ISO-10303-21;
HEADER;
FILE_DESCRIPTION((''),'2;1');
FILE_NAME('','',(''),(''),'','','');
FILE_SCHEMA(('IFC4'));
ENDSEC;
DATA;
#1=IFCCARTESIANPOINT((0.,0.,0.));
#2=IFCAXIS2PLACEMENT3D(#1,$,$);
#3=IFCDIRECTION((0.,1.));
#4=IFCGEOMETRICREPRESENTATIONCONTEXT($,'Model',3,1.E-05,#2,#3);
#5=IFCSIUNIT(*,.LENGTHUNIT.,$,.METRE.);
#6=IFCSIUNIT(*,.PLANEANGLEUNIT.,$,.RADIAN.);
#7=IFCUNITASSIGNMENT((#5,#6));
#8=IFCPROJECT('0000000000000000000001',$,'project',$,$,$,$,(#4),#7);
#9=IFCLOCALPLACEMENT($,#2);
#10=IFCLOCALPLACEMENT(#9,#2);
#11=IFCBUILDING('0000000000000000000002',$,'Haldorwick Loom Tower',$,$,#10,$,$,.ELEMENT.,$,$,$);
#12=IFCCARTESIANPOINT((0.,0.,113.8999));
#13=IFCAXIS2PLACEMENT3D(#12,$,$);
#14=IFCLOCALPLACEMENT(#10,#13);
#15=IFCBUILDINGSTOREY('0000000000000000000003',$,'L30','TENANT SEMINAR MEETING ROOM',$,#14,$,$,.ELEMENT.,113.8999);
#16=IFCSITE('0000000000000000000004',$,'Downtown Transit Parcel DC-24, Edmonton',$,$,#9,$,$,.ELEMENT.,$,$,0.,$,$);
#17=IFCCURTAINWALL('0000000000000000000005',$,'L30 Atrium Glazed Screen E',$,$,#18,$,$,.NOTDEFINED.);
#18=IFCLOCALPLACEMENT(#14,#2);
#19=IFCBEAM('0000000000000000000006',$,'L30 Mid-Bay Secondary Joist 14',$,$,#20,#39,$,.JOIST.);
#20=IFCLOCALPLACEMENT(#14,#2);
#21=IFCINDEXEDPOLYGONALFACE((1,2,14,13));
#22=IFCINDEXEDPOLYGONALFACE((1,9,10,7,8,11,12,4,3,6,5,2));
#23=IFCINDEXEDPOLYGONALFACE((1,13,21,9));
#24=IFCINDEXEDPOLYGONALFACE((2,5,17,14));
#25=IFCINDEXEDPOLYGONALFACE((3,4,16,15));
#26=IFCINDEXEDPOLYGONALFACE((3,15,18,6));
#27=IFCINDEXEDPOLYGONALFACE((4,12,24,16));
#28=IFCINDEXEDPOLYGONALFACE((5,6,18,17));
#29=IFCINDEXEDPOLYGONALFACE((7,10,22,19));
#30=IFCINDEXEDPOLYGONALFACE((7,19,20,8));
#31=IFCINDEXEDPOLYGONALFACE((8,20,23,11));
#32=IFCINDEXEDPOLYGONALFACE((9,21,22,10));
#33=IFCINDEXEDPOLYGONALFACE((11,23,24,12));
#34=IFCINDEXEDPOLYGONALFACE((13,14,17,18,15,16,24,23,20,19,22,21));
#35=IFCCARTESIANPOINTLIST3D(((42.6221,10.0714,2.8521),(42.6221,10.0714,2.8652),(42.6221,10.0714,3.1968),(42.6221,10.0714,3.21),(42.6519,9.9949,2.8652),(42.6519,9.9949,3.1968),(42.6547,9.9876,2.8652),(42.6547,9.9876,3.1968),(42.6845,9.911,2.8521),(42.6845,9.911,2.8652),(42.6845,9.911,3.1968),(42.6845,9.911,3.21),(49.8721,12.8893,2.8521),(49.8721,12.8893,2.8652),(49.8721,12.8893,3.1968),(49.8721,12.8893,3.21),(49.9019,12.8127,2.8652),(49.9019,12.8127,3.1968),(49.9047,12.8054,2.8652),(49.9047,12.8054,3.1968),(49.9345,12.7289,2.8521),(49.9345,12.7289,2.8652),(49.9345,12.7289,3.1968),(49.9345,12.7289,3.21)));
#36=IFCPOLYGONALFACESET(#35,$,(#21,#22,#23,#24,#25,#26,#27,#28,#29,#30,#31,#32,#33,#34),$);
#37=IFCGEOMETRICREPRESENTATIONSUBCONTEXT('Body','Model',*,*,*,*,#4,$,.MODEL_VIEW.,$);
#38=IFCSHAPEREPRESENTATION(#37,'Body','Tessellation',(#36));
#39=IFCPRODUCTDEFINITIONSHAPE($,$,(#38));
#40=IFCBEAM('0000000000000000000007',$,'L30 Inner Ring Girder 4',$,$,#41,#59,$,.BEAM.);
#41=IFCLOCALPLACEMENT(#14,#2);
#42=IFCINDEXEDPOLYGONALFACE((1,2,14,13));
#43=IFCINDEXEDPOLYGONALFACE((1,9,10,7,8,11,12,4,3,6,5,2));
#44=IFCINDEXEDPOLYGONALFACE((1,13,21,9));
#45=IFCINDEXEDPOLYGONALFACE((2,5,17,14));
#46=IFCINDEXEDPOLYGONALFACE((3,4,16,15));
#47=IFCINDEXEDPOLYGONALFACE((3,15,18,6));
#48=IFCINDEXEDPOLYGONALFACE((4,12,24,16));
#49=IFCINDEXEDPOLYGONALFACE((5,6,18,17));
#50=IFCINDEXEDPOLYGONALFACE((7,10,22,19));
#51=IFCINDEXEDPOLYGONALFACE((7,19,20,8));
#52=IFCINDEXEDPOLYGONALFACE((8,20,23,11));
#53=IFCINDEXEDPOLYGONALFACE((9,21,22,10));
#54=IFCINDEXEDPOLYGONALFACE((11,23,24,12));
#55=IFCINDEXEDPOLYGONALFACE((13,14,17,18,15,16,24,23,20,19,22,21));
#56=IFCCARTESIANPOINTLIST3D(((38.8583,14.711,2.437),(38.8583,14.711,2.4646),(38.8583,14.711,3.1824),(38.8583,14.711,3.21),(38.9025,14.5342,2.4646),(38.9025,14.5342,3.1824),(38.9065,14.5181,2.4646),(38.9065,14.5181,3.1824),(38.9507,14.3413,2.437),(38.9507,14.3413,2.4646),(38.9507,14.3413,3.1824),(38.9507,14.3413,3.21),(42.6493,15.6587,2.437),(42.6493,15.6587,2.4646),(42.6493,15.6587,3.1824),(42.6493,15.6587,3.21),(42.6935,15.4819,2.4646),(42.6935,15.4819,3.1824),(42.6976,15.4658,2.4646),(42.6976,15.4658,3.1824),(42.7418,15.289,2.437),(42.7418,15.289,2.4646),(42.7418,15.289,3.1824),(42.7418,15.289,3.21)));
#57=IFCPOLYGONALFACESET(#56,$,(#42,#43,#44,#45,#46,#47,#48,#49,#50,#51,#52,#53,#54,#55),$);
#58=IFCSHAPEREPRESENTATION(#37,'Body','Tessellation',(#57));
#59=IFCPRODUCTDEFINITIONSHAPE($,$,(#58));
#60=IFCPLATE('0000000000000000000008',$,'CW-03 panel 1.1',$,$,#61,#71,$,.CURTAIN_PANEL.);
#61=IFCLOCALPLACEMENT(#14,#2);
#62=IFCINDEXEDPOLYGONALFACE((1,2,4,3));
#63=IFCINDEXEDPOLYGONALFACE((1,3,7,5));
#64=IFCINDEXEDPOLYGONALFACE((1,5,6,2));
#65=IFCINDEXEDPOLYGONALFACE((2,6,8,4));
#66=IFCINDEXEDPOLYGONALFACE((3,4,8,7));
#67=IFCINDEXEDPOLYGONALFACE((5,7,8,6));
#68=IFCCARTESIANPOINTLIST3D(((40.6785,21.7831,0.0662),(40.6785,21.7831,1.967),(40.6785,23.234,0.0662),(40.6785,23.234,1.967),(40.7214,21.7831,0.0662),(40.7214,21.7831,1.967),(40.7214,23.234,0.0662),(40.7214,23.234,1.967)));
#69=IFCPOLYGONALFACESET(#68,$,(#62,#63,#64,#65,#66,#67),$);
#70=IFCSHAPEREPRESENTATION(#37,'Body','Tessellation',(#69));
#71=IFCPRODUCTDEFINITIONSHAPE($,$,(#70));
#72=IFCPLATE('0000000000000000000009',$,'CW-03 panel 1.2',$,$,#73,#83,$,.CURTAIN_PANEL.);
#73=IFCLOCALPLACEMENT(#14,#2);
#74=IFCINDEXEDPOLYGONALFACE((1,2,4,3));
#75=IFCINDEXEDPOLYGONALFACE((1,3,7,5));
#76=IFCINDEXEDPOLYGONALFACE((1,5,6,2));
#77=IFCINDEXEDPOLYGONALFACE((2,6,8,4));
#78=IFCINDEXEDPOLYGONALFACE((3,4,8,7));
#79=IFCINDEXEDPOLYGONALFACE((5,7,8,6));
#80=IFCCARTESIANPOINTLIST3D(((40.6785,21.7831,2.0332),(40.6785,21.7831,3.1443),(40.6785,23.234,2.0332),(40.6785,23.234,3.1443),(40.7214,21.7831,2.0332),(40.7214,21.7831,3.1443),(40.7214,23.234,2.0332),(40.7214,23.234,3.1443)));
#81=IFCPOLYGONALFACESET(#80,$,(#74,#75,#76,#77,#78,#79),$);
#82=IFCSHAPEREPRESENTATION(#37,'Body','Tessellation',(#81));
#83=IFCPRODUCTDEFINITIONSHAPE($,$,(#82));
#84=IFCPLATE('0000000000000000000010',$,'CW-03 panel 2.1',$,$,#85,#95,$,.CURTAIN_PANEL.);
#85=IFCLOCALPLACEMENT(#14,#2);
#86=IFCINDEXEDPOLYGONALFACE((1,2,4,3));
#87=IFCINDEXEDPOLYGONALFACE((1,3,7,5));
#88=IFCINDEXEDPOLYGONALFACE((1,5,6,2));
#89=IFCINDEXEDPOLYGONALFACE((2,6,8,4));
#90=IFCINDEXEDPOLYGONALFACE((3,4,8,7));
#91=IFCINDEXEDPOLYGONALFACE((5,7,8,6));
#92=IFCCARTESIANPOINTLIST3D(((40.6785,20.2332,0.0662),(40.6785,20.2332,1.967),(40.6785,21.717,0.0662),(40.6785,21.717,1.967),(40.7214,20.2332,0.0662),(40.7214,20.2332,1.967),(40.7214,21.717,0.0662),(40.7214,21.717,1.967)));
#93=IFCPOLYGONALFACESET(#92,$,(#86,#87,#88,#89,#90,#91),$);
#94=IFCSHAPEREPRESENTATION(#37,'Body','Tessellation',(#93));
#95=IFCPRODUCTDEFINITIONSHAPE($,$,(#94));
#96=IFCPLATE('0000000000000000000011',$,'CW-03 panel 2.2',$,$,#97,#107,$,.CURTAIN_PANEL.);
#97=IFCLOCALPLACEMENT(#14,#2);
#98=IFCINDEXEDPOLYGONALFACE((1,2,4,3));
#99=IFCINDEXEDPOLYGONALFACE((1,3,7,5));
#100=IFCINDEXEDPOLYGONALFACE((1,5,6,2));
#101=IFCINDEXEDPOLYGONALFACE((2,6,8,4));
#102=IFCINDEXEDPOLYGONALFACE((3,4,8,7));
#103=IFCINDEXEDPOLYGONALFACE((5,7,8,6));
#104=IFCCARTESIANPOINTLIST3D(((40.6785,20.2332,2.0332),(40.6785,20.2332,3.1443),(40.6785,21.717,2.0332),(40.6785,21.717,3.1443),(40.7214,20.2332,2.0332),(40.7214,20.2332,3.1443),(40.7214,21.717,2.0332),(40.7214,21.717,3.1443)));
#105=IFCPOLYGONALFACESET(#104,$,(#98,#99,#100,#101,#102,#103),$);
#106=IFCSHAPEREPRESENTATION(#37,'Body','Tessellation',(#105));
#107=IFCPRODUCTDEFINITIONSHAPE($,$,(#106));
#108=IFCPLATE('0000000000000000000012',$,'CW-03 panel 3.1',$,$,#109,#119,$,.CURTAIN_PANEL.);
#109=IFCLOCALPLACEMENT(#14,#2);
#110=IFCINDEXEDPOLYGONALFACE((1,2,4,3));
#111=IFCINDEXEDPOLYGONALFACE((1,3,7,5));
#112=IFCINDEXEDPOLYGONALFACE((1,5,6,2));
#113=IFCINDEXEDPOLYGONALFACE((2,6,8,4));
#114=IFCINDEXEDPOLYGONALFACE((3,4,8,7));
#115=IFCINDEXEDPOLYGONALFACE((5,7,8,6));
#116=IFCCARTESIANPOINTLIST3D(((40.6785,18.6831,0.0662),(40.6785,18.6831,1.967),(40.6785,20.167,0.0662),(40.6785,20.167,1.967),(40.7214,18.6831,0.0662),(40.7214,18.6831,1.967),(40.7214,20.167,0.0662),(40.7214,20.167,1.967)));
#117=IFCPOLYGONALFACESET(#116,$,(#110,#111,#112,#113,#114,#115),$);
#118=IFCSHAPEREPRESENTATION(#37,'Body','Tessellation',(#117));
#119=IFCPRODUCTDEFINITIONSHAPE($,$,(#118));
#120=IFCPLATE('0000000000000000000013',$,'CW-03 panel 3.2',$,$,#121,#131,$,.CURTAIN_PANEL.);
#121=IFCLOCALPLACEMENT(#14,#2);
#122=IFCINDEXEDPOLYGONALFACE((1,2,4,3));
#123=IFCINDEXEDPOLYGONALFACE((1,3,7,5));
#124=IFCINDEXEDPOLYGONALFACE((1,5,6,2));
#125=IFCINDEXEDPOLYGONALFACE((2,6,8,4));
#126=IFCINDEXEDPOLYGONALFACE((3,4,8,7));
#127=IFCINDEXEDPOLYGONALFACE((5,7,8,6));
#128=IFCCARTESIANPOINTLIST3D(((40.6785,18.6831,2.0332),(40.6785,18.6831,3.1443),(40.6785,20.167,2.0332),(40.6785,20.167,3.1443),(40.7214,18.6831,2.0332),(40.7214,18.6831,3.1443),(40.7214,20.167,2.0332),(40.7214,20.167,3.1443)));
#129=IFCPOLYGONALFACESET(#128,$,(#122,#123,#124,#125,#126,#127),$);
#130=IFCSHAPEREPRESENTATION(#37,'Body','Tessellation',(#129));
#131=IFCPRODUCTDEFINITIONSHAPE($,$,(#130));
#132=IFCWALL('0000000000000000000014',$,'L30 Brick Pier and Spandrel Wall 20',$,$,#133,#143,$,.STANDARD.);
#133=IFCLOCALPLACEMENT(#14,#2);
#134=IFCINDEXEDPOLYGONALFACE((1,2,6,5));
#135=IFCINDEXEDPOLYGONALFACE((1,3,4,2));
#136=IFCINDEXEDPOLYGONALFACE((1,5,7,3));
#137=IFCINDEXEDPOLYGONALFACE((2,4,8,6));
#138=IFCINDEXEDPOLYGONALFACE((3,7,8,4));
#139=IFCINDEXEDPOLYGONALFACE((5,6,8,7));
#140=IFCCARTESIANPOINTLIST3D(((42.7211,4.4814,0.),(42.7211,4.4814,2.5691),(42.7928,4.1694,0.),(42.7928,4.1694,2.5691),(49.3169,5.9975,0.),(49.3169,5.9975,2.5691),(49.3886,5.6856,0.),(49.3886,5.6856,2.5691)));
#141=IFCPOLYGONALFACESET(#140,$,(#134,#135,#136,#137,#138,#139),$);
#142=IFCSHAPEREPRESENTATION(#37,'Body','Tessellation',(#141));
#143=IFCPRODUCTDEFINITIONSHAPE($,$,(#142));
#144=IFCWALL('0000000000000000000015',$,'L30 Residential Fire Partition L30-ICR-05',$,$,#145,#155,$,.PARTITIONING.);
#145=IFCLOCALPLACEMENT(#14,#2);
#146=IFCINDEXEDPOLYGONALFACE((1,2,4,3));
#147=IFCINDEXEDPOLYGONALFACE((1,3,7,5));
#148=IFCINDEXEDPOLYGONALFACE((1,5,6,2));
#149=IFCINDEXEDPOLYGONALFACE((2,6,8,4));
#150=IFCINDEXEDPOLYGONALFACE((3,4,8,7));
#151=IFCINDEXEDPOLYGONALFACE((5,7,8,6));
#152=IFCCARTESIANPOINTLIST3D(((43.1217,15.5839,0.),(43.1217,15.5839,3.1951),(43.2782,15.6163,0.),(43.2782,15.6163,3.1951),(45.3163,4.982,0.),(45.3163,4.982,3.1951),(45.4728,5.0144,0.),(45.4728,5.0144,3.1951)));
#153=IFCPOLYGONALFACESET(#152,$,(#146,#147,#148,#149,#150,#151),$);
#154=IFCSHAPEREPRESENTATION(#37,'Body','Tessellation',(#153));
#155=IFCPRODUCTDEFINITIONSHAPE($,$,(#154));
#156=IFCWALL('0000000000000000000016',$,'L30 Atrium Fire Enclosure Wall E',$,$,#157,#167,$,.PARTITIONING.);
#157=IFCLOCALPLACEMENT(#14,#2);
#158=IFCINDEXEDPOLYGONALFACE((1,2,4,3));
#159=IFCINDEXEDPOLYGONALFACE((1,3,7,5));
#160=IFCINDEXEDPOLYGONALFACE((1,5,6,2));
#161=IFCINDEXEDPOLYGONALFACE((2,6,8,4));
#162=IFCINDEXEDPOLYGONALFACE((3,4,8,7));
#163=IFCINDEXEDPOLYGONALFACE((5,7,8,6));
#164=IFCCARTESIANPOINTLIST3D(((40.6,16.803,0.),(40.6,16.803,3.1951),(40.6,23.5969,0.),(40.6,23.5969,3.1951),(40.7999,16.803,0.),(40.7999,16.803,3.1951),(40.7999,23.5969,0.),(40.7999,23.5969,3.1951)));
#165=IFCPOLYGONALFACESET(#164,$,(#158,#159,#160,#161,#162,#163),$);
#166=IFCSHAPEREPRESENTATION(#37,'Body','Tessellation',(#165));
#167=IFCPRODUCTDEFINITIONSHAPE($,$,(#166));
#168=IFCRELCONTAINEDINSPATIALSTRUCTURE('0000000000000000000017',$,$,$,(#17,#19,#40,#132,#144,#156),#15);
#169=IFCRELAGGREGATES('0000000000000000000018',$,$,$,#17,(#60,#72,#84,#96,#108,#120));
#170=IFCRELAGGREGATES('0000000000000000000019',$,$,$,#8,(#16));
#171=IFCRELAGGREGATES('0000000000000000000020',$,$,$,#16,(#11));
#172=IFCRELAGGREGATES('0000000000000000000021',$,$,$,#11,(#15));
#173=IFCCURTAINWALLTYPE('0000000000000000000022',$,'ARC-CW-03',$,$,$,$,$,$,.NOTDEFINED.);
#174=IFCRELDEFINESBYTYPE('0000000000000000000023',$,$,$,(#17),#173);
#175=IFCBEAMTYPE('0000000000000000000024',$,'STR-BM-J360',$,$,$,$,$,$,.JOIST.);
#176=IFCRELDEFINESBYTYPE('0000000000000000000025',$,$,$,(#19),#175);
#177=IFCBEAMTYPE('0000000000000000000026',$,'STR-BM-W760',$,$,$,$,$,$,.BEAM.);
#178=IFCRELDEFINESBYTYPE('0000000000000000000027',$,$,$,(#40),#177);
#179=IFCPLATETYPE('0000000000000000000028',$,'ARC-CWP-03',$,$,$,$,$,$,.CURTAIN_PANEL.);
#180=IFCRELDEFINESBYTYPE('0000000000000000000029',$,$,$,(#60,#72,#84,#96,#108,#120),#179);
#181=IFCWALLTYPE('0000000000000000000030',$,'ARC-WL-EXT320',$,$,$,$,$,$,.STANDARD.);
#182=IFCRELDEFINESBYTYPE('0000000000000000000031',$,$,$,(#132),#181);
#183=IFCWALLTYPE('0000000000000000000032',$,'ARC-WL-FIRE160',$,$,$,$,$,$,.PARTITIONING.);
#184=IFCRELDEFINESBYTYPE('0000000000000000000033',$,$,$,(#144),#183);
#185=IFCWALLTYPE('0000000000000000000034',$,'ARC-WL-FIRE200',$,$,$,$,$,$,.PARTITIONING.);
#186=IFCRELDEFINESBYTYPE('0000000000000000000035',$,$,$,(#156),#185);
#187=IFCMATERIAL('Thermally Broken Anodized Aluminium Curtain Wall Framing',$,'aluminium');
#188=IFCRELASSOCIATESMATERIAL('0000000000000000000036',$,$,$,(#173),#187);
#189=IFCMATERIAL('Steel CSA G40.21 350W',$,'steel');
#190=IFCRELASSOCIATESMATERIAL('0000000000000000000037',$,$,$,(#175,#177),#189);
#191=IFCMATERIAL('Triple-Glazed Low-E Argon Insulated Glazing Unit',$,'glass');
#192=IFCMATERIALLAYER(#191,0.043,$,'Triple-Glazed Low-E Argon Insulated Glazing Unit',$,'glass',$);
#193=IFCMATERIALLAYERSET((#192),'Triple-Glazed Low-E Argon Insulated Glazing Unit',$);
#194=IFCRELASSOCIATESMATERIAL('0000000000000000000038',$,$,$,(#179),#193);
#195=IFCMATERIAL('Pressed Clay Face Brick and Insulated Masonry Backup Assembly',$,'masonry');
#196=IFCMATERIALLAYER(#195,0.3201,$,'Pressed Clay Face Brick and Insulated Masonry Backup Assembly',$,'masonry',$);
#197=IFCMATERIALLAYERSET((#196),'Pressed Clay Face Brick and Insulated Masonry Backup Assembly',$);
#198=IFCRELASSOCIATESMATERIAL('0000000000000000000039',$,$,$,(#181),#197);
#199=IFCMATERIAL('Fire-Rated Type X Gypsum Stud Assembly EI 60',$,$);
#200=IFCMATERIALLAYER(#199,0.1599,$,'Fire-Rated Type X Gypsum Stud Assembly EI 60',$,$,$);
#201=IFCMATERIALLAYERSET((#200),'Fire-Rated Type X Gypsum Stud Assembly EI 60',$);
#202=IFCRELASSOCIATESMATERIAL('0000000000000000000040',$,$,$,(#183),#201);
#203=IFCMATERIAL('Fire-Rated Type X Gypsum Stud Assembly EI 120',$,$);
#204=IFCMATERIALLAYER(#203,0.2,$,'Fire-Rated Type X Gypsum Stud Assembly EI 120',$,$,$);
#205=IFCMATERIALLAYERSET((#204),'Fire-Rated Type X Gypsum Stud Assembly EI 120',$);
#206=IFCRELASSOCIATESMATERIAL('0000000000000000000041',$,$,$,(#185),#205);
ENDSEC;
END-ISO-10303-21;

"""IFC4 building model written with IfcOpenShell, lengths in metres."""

from ifc_helpers import new_model, si_unit, direction, frame, frame_2d, origin, origin_2d, place, context, subcontext, project, spatial, rectangle, i_section, extrude, material, layer, layer_set, material_profile, profile_set, type_object, element, aggregate, save


model = new_model("IFC4")

# Units and contexts
model_context = context("Model", 3, precision=1e-05, world=origin(), true_north=direction((0.0, 1.0)))
body_context = subcontext(model_context, "Body", "Model", "MODEL_VIEW")
ifc_project = project(units=[si_unit("LENGTHUNIT", "METRE"), si_unit("PLANEANGLEUNIT", "RADIAN")], contexts=[model_context])

# Site, building, storey
site_placement = place(None, origin())
site = spatial("IfcSite", under=ifc_project, at=site_placement, Name="Downtown Transit Parcel DC-24, Edmonton", CompositionType="ELEMENT", RefElevation=0.0)
building_placement = place(site_placement, origin())
building = spatial("IfcBuilding", under=site, at=building_placement, Name="Haldorwick Loom Tower", CompositionType="ELEMENT")
storey_placement = place(building_placement, frame((0.0, 0.0, 113.8999)))
storey = spatial("IfcBuildingStorey", under=building, at=storey_placement, Name="L30", Description="TENANT SEMINAR MEETING ROOM", CompositionType="ELEMENT", Elevation=113.8999)

# Curtain wall
ifc_material_1 = material(Name="Thermally Broken Anodized Aluminium Curtain Wall Framing", Category="aluminium")
curtain_wall_type = type_object("IfcCurtainWallType", Name="ARC-CW-03", PredefinedType="NOTDEFINED", material=ifc_material_1)
curtain_wall_placement = place(storey_placement, origin())
curtain_wall = element("IfcCurtainWall", 1, at=curtain_wall_placement, inside=storey, type_object=curtain_wall_type, Name="L30 Atrium Glazed Screen E", PredefinedType="NOTDEFINED")

# Beams
ifc_material_2 = material(Name="Steel CSA G40.21 350W", Category="steel")
ifc_material_profile_1 = material_profile(ifc_material_2, i_section(OverallWidth=0.1721, OverallDepth=0.3579, WebThickness=0.0078, FlangeThickness=0.0132, at=origin_2d()), Name="W360X57", Category="steel")
ifc_profile_set_1 = profile_set([ifc_material_profile_1], Name="Steel CSA G40.21 350W")
beam_type_1 = type_object("IfcBeamType", Name="STR-BM-J360", PredefinedType="JOIST", material=ifc_profile_set_1)
beam_1_placement = place(storey_placement, frame((42.6533, 9.9912, 3.031), z_axis=(0.932073, 0.362271, 0.0), x_axis=(-0.362271, 0.932073, 0.0)))
element("IfcBeam", 2, at=beam_1_placement, inside=storey, type_object=beam_type_1, Name="L30 Mid-Bay Secondary Joist 14", PredefinedType="JOIST", context=body_context, shape_type="SweptSolid", body=[
    extrude(i_section(OverallWidth=0.1721, OverallDepth=0.3579, WebThickness=0.0078, FlangeThickness=0.0132, at=origin_2d()), origin(), (0.0, 0.0, 1.0), 7.7783),
])
ifc_material_profile_2 = material_profile(ifc_material_2, i_section(OverallWidth=0.3811, OverallDepth=0.7729, WebThickness=0.0166, FlangeThickness=0.0276, at=origin_2d()), Name="W760X257", Category="steel")
ifc_profile_set_2 = profile_set([ifc_material_profile_2], Name="Steel CSA G40.21 350W")
beam_type_2 = type_object("IfcBeamType", Name="STR-BM-W760", PredefinedType="BEAM", material=ifc_profile_set_2)
beam_2_placement = place(storey_placement, frame((42.6956, 15.4739, 2.8235), z_axis=(-0.970143, -0.242536, 0.0), x_axis=(0.242536, -0.970143, 0.0)))
element("IfcBeam", 3, at=beam_2_placement, inside=storey, type_object=beam_type_2, Name="L30 Inner Ring Girder 4", PredefinedType="BEAM", context=body_context, shape_type="SweptSolid", body=[
    extrude(i_section(OverallWidth=0.3811, OverallDepth=0.7729, WebThickness=0.0166, FlangeThickness=0.0276, at=origin_2d()), origin(), (0.0, 0.0, 1.0), 3.9077),
])

# Plates
ifc_material_3 = material(Name="Triple-Glazed Low-E Argon Insulated Glazing Unit", Category="glass")
ifc_layer_1 = layer(ifc_material_3, 0.043, Name="Triple-Glazed Low-E Argon Insulated Glazing Unit", Category="glass")
ifc_layer_set_1 = layer_set([ifc_layer_1], Name="Triple-Glazed Low-E Argon Insulated Glazing Unit")
plate_type = type_object("IfcPlateType", Name="ARC-CWP-03", PredefinedType="CURTAIN_PANEL", material=ifc_layer_set_1)
plate_1_placement = place(storey_placement, frame((40.7, 22.5085, 0.0662), z_axis=(0.0, 0.0, 1.0), x_axis=(0.0, -1.0, 0.0)))
plate_1 = element("IfcPlate", 4, at=plate_1_placement, type_object=plate_type, Name="CW-03 panel 1.1", PredefinedType="CURTAIN_PANEL", context=body_context, shape_type="SweptSolid", body=[
    extrude(rectangle(XDim=1.4509, YDim=0.043, at=origin_2d()), origin(), (0.0, 0.0, 1.0), 1.9009),
])
plate_2_placement = place(storey_placement, frame((40.7, 22.5085, 2.0332), z_axis=(0.0, 0.0, 1.0), x_axis=(0.0, -1.0, 0.0)))
plate_2 = element("IfcPlate", 5, at=plate_2_placement, type_object=plate_type, Name="CW-03 panel 1.2", PredefinedType="CURTAIN_PANEL", context=body_context, shape_type="SweptSolid", body=[
    extrude(rectangle(XDim=1.4509, YDim=0.043, at=origin_2d()), origin(), (0.0, 0.0, 1.0), 1.1111),
])
plate_3_placement = place(storey_placement, frame((40.7, 20.9751, 0.0662), z_axis=(0.0, 0.0, 1.0), x_axis=(0.0, -1.0, 0.0)))
plate_3 = element("IfcPlate", 6, at=plate_3_placement, type_object=plate_type, Name="CW-03 panel 2.1", PredefinedType="CURTAIN_PANEL", context=body_context, shape_type="SweptSolid", body=[
    extrude(rectangle(XDim=1.4839, YDim=0.043, at=origin_2d()), origin(), (0.0, 0.0, 1.0), 1.9009),
])
plate_4_placement = place(storey_placement, frame((40.7, 20.9751, 2.0332), z_axis=(0.0, 0.0, 1.0), x_axis=(0.0, -1.0, 0.0)))
plate_4 = element("IfcPlate", 7, at=plate_4_placement, type_object=plate_type, Name="CW-03 panel 2.2", PredefinedType="CURTAIN_PANEL", context=body_context, shape_type="SweptSolid", body=[
    extrude(rectangle(XDim=1.4839, YDim=0.043, at=origin_2d()), origin(), (0.0, 0.0, 1.0), 1.1111),
])
plate_5_placement = place(storey_placement, frame((40.7, 19.425, 0.0662), z_axis=(0.0, 0.0, 1.0), x_axis=(0.0, -1.0, 0.0)))
plate_5 = element("IfcPlate", 8, at=plate_5_placement, type_object=plate_type, Name="CW-03 panel 3.1", PredefinedType="CURTAIN_PANEL", context=body_context, shape_type="SweptSolid", body=[
    extrude(rectangle(XDim=1.4839, YDim=0.043, at=origin_2d()), origin(), (0.0, 0.0, 1.0), 1.9009),
])
plate_6_placement = place(storey_placement, frame((40.7, 19.425, 2.0332), z_axis=(0.0, 0.0, 1.0), x_axis=(0.0, -1.0, 0.0)))
plate_6 = element("IfcPlate", 9, at=plate_6_placement, type_object=plate_type, Name="CW-03 panel 3.2", PredefinedType="CURTAIN_PANEL", context=body_context, shape_type="SweptSolid", body=[
    extrude(rectangle(XDim=1.4839, YDim=0.043, at=origin_2d()), origin(), (0.0, 0.0, 1.0), 1.1111),
])
aggregate(curtain_wall, [plate_1, plate_2, plate_3, plate_4, plate_5, plate_6])

# Walls
ifc_material_4 = material(Name="Pressed Clay Face Brick and Insulated Masonry Backup Assembly", Category="masonry")
ifc_layer_2 = layer(ifc_material_4, 0.3201, Name="Pressed Clay Face Brick and Insulated Masonry Backup Assembly", Category="masonry")
ifc_layer_set_2 = layer_set([ifc_layer_2], Name="Pressed Clay Face Brick and Insulated Masonry Backup Assembly")
wall_type_1 = type_object("IfcWallType", Name="ARC-WL-EXT320", PredefinedType="STANDARD", material=ifc_layer_set_2)
wall_1_placement = place(storey_placement, frame((42.7571, 4.3254, 0.0), z_axis=(0.0, 0.0, 1.0), x_axis=(0.974584, 0.224022, 0.0)))
element("IfcWall", 10, at=wall_1_placement, inside=storey, type_object=wall_type_1, Name="L30 Brick Pier and Spandrel Wall 20", PredefinedType="STANDARD", context=body_context, shape_type="SweptSolid", body=[
    extrude(rectangle(XDim=6.7678, YDim=0.3201, at=frame_2d((3.3838, 0.0))), origin(), (0.0, 0.0, 1.0), 2.5691),
])
ifc_material_5 = material(Name="Fire-Rated Type X Gypsum Stud Assembly EI 60")
ifc_layer_3 = layer(ifc_material_5, 0.1599, Name="Fire-Rated Type X Gypsum Stud Assembly EI 60")
ifc_layer_set_3 = layer_set([ifc_layer_3], Name="Fire-Rated Type X Gypsum Stud Assembly EI 60")
wall_type_2 = type_object("IfcWallType", Name="ARC-WL-FIRE160", PredefinedType="PARTITIONING", material=ifc_layer_set_3)
wall_2_placement = place(storey_placement, frame((43.2, 15.6001, 0.0), z_axis=(0.0, 0.0, 1.0), x_axis=(0.202703, -0.97924, 0.0)))
element("IfcWall", 11, at=wall_2_placement, inside=storey, type_object=wall_type_2, Name="L30 Residential Fire Partition L30-ICR-05", PredefinedType="PARTITIONING", context=body_context, shape_type="SweptSolid", body=[
    extrude(rectangle(XDim=10.8267, YDim=0.1599, at=frame_2d((5.4133, 0.0))), origin(), (0.0, 0.0, 1.0), 3.1951),
])
ifc_material_6 = material(Name="Fire-Rated Type X Gypsum Stud Assembly EI 120")
ifc_layer_4 = layer(ifc_material_6, 0.2, Name="Fire-Rated Type X Gypsum Stud Assembly EI 120")
ifc_layer_set_4 = layer_set([ifc_layer_4], Name="Fire-Rated Type X Gypsum Stud Assembly EI 120")
wall_type_3 = type_object("IfcWallType", Name="ARC-WL-FIRE200", PredefinedType="PARTITIONING", material=ifc_layer_set_4)
wall_3_placement = place(storey_placement, frame((40.7, 23.5969, 0.0), z_axis=(0.0, 0.0, 1.0), x_axis=(0.0, -1.0, 0.0)))
element("IfcWall", 12, at=wall_3_placement, inside=storey, type_object=wall_type_3, Name="L30 Atrium Fire Enclosure Wall E", PredefinedType="PARTITIONING", context=body_context, shape_type="SweptSolid", body=[
    extrude(rectangle(XDim=6.7939, YDim=0.2, at=frame_2d((3.397, 0.0))), origin(), (0.0, 0.0, 1.0), 3.1951),
])

save(model, "model.ifc")
